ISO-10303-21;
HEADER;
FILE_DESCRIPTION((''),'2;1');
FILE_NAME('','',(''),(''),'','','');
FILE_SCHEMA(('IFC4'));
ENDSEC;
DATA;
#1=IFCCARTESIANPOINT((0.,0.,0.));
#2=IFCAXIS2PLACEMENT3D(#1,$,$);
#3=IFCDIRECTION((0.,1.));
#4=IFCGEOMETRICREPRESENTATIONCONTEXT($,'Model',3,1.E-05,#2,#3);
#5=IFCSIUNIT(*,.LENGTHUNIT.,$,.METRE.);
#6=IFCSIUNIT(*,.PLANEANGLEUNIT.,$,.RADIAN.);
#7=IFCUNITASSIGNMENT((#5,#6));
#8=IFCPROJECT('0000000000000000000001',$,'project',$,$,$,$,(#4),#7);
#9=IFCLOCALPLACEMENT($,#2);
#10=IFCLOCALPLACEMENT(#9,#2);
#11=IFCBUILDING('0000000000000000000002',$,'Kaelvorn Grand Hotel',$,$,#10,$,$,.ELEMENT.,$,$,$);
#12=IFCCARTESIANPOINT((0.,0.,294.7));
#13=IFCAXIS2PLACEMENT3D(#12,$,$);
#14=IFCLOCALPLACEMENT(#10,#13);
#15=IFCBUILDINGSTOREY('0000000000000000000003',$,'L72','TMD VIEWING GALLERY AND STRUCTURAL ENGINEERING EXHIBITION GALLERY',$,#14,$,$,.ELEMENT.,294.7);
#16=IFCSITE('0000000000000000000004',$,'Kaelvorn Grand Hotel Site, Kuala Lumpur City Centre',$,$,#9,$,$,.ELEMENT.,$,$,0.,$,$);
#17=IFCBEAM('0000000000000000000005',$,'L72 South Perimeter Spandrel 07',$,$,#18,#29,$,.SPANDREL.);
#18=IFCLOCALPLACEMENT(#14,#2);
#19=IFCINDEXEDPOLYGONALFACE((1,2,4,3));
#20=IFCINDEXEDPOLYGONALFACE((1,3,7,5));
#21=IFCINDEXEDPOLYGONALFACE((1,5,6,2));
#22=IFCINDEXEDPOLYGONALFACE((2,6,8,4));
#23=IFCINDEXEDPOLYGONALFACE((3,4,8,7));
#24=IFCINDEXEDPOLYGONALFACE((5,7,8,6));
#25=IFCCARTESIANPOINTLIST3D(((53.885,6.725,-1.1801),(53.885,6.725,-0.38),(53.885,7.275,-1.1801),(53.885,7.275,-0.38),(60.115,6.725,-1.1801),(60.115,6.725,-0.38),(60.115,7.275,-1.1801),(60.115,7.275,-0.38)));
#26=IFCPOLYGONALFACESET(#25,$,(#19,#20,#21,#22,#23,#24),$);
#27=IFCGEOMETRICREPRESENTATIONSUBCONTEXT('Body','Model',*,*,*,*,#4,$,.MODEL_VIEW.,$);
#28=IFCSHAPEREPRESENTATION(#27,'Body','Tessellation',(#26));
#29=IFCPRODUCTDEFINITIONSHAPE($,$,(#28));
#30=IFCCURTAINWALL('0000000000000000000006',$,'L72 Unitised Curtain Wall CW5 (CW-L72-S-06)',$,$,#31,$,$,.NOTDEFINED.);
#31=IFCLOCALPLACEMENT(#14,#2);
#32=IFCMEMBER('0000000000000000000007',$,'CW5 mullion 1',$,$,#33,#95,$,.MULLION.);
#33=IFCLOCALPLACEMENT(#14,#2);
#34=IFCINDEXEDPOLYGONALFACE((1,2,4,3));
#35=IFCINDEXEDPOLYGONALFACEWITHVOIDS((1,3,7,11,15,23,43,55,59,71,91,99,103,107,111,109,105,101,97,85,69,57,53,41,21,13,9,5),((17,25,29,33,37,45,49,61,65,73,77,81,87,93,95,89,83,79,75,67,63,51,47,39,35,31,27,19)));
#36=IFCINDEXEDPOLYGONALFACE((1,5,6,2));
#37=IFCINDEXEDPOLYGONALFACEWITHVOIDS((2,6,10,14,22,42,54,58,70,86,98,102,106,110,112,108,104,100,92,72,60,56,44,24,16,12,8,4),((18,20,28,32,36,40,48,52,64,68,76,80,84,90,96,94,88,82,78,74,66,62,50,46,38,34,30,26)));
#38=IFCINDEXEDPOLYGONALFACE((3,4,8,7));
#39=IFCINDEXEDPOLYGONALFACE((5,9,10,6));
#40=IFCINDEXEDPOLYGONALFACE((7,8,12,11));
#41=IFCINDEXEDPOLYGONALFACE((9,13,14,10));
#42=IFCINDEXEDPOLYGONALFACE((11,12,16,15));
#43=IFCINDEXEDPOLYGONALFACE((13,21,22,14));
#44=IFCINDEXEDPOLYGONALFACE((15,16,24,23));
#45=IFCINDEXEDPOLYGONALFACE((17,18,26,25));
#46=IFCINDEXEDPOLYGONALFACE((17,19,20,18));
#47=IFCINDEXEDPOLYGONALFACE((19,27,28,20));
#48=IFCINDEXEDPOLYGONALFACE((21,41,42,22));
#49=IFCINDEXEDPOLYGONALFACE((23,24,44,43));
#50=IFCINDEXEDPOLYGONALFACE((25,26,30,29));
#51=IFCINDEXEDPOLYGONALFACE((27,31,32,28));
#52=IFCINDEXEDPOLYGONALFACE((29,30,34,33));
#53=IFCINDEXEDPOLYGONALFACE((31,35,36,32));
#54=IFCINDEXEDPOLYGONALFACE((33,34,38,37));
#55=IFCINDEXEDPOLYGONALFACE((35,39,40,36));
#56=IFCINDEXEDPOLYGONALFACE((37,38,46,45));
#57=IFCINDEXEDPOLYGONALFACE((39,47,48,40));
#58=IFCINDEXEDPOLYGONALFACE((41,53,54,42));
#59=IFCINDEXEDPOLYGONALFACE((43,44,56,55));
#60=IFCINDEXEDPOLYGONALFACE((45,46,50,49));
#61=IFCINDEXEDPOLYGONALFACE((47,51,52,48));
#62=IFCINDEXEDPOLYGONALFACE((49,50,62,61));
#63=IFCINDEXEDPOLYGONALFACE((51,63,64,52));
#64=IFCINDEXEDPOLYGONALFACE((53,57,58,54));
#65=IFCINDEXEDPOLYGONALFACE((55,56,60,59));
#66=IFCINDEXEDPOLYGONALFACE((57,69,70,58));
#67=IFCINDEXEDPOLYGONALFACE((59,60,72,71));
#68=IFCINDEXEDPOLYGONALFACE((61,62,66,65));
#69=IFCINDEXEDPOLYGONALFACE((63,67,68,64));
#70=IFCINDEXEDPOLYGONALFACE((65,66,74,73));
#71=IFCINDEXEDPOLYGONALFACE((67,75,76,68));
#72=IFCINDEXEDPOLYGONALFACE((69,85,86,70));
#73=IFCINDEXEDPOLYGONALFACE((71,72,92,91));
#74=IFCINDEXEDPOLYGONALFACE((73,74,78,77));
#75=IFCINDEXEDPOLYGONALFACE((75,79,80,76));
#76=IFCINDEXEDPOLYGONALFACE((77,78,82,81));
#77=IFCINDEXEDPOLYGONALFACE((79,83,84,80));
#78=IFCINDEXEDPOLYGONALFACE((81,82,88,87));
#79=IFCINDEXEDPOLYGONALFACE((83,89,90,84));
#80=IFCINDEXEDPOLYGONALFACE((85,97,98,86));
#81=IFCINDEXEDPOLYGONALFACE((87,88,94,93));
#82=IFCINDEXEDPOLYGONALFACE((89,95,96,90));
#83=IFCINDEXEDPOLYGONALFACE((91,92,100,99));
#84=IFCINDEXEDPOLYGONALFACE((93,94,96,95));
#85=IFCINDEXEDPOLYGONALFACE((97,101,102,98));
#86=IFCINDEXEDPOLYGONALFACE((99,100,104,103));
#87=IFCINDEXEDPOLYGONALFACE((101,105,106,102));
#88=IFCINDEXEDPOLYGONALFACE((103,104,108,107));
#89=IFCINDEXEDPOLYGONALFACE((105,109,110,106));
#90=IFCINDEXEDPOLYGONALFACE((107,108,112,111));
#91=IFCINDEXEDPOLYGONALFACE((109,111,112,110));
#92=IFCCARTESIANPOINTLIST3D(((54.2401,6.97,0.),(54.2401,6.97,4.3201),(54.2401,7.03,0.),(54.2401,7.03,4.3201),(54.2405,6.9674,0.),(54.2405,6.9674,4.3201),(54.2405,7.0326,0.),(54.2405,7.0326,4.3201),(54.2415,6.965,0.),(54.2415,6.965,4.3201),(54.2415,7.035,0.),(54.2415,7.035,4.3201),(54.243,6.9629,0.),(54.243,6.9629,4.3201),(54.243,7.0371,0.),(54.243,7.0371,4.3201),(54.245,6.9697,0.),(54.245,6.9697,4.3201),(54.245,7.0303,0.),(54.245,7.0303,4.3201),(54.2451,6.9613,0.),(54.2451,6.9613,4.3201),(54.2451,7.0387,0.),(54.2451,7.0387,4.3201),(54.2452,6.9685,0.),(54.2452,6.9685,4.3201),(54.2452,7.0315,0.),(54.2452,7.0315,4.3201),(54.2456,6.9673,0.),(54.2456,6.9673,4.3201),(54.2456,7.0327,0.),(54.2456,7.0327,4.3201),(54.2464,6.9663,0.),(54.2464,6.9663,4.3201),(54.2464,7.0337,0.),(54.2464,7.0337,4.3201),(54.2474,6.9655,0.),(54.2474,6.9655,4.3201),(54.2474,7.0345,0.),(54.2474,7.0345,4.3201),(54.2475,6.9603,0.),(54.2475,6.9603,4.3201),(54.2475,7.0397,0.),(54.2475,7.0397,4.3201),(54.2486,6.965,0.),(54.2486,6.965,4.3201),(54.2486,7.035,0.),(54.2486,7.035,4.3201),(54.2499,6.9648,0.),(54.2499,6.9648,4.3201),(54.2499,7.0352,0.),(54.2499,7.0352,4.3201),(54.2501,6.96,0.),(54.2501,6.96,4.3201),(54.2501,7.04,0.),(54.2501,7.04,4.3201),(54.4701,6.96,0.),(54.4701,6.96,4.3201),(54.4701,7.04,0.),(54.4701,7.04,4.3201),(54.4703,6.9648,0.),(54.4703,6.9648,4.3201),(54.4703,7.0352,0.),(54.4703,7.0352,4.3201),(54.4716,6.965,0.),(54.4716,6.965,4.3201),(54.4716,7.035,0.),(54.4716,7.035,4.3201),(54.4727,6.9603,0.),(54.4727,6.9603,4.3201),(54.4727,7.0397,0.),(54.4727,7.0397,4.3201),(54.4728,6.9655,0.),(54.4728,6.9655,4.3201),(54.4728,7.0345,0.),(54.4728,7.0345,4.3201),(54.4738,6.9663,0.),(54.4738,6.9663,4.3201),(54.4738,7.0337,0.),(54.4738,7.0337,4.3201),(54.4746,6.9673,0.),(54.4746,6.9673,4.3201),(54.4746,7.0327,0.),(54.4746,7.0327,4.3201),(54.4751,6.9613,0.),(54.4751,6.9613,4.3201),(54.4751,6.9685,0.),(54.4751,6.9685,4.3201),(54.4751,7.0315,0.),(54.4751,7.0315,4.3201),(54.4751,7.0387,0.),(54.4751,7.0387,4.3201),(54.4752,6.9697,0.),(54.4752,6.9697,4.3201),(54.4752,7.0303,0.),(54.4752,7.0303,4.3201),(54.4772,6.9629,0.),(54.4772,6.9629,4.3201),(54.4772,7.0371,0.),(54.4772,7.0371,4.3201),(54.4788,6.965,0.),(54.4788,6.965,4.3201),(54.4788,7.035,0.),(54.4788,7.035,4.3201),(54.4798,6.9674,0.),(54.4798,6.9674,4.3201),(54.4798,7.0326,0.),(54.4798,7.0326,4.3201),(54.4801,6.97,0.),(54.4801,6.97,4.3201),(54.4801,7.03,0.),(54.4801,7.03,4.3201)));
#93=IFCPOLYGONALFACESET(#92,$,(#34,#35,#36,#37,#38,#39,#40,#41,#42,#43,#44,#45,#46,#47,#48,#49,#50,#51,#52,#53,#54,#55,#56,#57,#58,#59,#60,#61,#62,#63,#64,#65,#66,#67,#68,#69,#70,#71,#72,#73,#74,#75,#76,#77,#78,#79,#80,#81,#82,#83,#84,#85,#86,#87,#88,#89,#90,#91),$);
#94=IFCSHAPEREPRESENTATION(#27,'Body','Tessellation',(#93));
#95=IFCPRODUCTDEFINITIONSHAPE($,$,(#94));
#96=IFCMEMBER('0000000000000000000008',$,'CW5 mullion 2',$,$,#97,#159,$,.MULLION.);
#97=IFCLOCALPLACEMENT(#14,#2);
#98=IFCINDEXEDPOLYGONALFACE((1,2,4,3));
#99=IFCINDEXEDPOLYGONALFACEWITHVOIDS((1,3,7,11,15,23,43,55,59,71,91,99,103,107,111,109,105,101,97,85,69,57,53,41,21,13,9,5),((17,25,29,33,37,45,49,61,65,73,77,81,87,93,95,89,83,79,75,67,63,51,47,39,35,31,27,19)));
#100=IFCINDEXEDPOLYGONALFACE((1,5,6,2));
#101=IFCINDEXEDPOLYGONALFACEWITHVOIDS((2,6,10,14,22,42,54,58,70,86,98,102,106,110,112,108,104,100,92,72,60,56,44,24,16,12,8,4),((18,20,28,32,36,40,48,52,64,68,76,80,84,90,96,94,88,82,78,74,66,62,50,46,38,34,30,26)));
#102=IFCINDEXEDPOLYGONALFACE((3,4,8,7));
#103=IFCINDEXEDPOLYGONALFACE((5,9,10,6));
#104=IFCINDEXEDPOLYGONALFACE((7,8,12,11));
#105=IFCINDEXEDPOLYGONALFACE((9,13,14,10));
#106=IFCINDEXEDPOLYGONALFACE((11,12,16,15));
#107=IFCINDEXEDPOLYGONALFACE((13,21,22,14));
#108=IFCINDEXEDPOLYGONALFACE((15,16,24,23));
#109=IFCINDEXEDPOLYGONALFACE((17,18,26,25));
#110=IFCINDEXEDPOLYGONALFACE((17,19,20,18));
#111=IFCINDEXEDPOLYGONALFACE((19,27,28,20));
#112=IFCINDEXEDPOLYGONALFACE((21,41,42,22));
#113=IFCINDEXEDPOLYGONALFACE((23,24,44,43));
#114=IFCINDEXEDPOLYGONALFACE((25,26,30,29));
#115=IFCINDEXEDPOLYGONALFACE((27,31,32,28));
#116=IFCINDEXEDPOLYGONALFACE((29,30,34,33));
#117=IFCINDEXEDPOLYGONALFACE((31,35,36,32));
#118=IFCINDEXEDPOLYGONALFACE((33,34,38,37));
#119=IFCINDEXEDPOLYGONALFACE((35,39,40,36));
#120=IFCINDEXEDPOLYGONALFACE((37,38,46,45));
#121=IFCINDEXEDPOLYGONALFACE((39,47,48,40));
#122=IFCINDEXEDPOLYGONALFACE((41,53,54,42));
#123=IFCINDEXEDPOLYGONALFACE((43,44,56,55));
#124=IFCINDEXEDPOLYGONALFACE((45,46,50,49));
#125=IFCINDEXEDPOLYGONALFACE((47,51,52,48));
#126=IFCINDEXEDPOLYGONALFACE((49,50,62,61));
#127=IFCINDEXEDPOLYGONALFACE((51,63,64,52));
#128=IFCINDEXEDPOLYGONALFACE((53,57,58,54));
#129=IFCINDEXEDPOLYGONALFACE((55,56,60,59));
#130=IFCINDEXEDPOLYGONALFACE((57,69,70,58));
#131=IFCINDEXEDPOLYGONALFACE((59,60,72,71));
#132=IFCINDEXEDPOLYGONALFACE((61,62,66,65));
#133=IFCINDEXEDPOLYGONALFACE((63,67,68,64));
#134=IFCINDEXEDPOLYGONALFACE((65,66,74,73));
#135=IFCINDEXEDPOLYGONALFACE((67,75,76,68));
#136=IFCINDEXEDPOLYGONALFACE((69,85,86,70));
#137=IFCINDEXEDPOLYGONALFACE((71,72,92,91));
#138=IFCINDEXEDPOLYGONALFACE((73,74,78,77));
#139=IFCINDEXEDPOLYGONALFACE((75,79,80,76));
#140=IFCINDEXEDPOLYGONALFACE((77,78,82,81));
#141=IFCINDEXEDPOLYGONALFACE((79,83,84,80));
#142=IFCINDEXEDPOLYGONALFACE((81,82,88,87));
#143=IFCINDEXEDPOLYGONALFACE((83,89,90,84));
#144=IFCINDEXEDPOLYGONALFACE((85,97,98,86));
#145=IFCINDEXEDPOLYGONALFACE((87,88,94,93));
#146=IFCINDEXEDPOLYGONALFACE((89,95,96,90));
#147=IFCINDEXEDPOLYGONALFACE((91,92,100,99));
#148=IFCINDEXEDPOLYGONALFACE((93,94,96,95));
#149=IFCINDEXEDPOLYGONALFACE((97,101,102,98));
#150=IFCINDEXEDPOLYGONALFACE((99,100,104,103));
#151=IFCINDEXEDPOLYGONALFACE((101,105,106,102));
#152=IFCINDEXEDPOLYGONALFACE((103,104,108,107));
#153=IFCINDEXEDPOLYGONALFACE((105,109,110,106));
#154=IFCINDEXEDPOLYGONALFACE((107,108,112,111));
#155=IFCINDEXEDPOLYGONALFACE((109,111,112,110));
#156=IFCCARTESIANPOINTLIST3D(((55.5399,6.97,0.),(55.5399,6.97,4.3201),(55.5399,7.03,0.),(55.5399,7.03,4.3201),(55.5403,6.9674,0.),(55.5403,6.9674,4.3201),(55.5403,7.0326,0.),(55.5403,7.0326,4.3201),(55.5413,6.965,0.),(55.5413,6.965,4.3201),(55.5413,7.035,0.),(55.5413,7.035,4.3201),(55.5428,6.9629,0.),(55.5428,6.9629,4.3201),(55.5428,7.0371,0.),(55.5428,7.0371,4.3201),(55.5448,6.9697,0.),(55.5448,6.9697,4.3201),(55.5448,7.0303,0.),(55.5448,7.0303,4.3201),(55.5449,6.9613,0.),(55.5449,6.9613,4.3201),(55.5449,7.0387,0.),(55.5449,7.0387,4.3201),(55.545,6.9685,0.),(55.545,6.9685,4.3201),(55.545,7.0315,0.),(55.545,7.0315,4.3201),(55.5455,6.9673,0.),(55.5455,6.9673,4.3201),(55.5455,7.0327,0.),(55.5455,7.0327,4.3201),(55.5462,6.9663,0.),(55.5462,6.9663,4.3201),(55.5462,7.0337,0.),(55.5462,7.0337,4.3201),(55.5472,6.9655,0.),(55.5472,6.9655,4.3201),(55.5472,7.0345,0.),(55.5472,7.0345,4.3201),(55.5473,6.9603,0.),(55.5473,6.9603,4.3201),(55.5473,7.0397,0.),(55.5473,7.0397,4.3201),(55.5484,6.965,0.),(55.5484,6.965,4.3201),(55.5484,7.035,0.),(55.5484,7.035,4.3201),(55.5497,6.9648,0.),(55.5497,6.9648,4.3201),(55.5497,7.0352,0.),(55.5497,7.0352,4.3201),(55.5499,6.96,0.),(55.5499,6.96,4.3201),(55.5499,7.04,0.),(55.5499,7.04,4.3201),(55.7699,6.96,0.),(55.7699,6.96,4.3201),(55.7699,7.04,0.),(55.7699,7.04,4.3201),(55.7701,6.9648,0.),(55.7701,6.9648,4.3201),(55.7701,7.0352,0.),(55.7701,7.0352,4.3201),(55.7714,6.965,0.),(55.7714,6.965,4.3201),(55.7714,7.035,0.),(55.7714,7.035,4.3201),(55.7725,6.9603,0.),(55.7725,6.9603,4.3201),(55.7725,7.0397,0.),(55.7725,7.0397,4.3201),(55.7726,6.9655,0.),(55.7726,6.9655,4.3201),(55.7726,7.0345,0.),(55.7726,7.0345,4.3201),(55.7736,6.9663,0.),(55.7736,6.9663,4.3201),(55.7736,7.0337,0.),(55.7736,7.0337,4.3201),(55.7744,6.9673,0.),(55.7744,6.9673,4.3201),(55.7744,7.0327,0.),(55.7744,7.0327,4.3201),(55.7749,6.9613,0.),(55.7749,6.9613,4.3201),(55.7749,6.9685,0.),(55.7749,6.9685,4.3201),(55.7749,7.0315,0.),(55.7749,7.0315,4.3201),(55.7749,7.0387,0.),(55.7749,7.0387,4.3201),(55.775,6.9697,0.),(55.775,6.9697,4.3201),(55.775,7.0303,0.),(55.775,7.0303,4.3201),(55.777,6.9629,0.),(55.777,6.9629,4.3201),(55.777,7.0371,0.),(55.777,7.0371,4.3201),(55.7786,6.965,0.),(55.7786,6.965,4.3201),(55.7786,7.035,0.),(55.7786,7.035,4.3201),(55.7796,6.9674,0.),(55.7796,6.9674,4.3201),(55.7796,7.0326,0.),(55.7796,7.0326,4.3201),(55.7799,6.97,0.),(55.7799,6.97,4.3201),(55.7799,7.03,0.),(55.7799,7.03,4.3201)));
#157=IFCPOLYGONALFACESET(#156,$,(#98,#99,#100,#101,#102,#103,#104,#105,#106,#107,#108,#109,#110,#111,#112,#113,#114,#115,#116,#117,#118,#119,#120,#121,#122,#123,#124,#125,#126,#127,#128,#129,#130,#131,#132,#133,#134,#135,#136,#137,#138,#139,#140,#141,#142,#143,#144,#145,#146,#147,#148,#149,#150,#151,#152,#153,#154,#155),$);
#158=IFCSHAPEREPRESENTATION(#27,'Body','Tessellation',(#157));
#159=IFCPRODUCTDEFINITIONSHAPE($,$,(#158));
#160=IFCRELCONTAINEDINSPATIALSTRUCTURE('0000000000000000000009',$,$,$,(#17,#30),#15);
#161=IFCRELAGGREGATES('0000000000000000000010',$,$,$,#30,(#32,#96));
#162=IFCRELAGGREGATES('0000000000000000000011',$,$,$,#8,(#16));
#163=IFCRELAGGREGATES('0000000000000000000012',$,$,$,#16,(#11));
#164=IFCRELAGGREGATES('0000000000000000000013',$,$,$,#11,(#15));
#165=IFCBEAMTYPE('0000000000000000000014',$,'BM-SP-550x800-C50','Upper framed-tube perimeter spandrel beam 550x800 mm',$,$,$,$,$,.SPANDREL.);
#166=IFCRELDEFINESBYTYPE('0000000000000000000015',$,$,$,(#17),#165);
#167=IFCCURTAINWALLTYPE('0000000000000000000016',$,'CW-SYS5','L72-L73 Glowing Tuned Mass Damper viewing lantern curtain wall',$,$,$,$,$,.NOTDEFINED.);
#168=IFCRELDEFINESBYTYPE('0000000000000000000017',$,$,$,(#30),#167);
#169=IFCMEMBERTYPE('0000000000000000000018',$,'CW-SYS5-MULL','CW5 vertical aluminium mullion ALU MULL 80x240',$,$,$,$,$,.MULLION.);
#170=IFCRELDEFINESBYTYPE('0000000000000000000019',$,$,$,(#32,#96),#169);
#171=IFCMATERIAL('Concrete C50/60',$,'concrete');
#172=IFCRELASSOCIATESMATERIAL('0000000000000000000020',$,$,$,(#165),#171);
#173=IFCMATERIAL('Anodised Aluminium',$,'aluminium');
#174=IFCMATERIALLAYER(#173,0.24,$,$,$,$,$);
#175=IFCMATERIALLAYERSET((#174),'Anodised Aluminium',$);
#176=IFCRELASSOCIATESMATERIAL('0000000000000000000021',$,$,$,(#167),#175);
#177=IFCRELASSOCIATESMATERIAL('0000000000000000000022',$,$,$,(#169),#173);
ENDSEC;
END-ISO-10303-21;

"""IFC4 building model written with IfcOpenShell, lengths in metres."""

from ifc_helpers import new_model, si_unit, direction, frame, origin, origin_2d, place, context, subcontext, project, spatial, rectangle, hollow_rectangle, extrude, material, layer, layer_set, material_profile, profile_set, type_object, element, aggregate, save


model = new_model("IFC4")

# Units and contexts
model_context = context("Model", 3, precision=1e-05, world=origin(), true_north=direction((0.0, 1.0)))
body_context = subcontext(model_context, "Body", "Model", "MODEL_VIEW")
ifc_project = project(units=[si_unit("LENGTHUNIT", "METRE"), si_unit("PLANEANGLEUNIT", "RADIAN")], contexts=[model_context])

# Site, building, storey
site_placement = place(None, origin())
site = spatial("IfcSite", under=ifc_project, at=site_placement, Name="Kaelvorn Grand Hotel Site, Kuala Lumpur City Centre", CompositionType="ELEMENT", RefElevation=0.0)
building_placement = place(site_placement, origin())
building = spatial("IfcBuilding", under=site, at=building_placement, Name="Kaelvorn Grand Hotel", CompositionType="ELEMENT")
storey_placement = place(building_placement, frame((0.0, 0.0, 294.7)))
storey = spatial("IfcBuildingStorey", under=building, at=storey_placement, Name="L72", Description="TMD VIEWING GALLERY AND STRUCTURAL ENGINEERING EXHIBITION GALLERY", CompositionType="ELEMENT", Elevation=294.7)

# Beam
ifc_material_1 = material(Name="Concrete C50/60", Category="concrete")
ifc_material_profile_1 = material_profile(ifc_material_1, rectangle(XDim=0.55, YDim=0.8, at=origin_2d()), Name="RC SPANDREL 550x800")
ifc_profile_set_1 = profile_set([ifc_material_profile_1], Name="Concrete C50/60")
beam_type_1 = type_object("IfcBeamType", Name="BM-SP-550x800-C50", Description="Upper framed-tube perimeter spandrel beam 550x800 mm", PredefinedType="SPANDREL", material=ifc_profile_set_1)
beam_1_placement = place(storey_placement, frame((53.885, 7.0, -0.78), z_axis=(1.0, 0.0, 0.0), x_axis=(0.0, 1.0, 0.0)))
element("IfcBeam", 1, at=beam_1_placement, inside=storey, type_object=beam_type_1, Name="L72 South Perimeter Spandrel 07", PredefinedType="SPANDREL", context=body_context, shape_type="SweptSolid", body=[
    extrude(rectangle(XDim=0.55, YDim=0.8, at=origin_2d()), origin(), (0.0, 0.0, 1.0), 6.23),
])

# Curtain wall, members
ifc_material_2 = material(Name="Anodised Aluminium", Category="aluminium")
ifc_layer_1 = layer(ifc_material_2, 0.24)
ifc_layer_set_1 = layer_set([ifc_layer_1], Name="Anodised Aluminium")
curtain_wall_type = type_object("IfcCurtainWallType", Name="CW-SYS5", Description="L72-L73 Glowing Tuned Mass Damper viewing lantern curtain wall", PredefinedType="NOTDEFINED", material=ifc_layer_set_1)
curtain_wall_placement = place(storey_placement, origin())
curtain_wall = element("IfcCurtainWall", 2, at=curtain_wall_placement, inside=storey, type_object=curtain_wall_type, Name="L72 Unitised Curtain Wall CW5 (CW-L72-S-06)", PredefinedType="NOTDEFINED")
ifc_material_profile_2 = material_profile(ifc_material_2, hollow_rectangle(XDim=0.0801, YDim=0.24, WallThickness=0.0049, InnerFilletRadius=0.0049, OuterFilletRadius=0.01, at=origin_2d()), Name="ALU MULL 80x240")
ifc_profile_set_2 = profile_set([ifc_material_profile_2], Name="Anodised Aluminium")
member_type_1 = type_object("IfcMemberType", Name="CW-SYS5-MULL", Description="CW5 vertical aluminium mullion ALU MULL 80x240", PredefinedType="MULLION", material=ifc_profile_set_2)
member_1_placement = place(storey_placement, frame((54.3601, 7.0, 0.0), z_axis=(0.0, 0.0, 1.0), x_axis=(0.0, 1.0, 0.0)))
member_1 = element("IfcMember", 3, at=member_1_placement, type_object=member_type_1, Name="CW5 mullion 1", PredefinedType="MULLION", context=body_context, shape_type="SweptSolid", body=[
    extrude(hollow_rectangle(XDim=0.0801, YDim=0.24, WallThickness=0.0049, InnerFilletRadius=0.0049, OuterFilletRadius=0.01, at=origin_2d()), origin(), (0.0, 0.0, 1.0), 4.3201),
])
member_2_placement = place(storey_placement, frame((55.6599, 7.0, 0.0), z_axis=(0.0, 0.0, 1.0), x_axis=(0.0, 1.0, 0.0)))
member_2 = element("IfcMember", 4, at=member_2_placement, type_object=member_type_1, Name="CW5 mullion 2", PredefinedType="MULLION", context=body_context, shape_type="SweptSolid", body=[
    extrude(hollow_rectangle(XDim=0.0801, YDim=0.24, WallThickness=0.0049, InnerFilletRadius=0.0049, OuterFilletRadius=0.01, at=origin_2d()), origin(), (0.0, 0.0, 1.0), 4.3201),
])
aggregate(curtain_wall, [member_1, member_2])

save(model, "model.ifc")
